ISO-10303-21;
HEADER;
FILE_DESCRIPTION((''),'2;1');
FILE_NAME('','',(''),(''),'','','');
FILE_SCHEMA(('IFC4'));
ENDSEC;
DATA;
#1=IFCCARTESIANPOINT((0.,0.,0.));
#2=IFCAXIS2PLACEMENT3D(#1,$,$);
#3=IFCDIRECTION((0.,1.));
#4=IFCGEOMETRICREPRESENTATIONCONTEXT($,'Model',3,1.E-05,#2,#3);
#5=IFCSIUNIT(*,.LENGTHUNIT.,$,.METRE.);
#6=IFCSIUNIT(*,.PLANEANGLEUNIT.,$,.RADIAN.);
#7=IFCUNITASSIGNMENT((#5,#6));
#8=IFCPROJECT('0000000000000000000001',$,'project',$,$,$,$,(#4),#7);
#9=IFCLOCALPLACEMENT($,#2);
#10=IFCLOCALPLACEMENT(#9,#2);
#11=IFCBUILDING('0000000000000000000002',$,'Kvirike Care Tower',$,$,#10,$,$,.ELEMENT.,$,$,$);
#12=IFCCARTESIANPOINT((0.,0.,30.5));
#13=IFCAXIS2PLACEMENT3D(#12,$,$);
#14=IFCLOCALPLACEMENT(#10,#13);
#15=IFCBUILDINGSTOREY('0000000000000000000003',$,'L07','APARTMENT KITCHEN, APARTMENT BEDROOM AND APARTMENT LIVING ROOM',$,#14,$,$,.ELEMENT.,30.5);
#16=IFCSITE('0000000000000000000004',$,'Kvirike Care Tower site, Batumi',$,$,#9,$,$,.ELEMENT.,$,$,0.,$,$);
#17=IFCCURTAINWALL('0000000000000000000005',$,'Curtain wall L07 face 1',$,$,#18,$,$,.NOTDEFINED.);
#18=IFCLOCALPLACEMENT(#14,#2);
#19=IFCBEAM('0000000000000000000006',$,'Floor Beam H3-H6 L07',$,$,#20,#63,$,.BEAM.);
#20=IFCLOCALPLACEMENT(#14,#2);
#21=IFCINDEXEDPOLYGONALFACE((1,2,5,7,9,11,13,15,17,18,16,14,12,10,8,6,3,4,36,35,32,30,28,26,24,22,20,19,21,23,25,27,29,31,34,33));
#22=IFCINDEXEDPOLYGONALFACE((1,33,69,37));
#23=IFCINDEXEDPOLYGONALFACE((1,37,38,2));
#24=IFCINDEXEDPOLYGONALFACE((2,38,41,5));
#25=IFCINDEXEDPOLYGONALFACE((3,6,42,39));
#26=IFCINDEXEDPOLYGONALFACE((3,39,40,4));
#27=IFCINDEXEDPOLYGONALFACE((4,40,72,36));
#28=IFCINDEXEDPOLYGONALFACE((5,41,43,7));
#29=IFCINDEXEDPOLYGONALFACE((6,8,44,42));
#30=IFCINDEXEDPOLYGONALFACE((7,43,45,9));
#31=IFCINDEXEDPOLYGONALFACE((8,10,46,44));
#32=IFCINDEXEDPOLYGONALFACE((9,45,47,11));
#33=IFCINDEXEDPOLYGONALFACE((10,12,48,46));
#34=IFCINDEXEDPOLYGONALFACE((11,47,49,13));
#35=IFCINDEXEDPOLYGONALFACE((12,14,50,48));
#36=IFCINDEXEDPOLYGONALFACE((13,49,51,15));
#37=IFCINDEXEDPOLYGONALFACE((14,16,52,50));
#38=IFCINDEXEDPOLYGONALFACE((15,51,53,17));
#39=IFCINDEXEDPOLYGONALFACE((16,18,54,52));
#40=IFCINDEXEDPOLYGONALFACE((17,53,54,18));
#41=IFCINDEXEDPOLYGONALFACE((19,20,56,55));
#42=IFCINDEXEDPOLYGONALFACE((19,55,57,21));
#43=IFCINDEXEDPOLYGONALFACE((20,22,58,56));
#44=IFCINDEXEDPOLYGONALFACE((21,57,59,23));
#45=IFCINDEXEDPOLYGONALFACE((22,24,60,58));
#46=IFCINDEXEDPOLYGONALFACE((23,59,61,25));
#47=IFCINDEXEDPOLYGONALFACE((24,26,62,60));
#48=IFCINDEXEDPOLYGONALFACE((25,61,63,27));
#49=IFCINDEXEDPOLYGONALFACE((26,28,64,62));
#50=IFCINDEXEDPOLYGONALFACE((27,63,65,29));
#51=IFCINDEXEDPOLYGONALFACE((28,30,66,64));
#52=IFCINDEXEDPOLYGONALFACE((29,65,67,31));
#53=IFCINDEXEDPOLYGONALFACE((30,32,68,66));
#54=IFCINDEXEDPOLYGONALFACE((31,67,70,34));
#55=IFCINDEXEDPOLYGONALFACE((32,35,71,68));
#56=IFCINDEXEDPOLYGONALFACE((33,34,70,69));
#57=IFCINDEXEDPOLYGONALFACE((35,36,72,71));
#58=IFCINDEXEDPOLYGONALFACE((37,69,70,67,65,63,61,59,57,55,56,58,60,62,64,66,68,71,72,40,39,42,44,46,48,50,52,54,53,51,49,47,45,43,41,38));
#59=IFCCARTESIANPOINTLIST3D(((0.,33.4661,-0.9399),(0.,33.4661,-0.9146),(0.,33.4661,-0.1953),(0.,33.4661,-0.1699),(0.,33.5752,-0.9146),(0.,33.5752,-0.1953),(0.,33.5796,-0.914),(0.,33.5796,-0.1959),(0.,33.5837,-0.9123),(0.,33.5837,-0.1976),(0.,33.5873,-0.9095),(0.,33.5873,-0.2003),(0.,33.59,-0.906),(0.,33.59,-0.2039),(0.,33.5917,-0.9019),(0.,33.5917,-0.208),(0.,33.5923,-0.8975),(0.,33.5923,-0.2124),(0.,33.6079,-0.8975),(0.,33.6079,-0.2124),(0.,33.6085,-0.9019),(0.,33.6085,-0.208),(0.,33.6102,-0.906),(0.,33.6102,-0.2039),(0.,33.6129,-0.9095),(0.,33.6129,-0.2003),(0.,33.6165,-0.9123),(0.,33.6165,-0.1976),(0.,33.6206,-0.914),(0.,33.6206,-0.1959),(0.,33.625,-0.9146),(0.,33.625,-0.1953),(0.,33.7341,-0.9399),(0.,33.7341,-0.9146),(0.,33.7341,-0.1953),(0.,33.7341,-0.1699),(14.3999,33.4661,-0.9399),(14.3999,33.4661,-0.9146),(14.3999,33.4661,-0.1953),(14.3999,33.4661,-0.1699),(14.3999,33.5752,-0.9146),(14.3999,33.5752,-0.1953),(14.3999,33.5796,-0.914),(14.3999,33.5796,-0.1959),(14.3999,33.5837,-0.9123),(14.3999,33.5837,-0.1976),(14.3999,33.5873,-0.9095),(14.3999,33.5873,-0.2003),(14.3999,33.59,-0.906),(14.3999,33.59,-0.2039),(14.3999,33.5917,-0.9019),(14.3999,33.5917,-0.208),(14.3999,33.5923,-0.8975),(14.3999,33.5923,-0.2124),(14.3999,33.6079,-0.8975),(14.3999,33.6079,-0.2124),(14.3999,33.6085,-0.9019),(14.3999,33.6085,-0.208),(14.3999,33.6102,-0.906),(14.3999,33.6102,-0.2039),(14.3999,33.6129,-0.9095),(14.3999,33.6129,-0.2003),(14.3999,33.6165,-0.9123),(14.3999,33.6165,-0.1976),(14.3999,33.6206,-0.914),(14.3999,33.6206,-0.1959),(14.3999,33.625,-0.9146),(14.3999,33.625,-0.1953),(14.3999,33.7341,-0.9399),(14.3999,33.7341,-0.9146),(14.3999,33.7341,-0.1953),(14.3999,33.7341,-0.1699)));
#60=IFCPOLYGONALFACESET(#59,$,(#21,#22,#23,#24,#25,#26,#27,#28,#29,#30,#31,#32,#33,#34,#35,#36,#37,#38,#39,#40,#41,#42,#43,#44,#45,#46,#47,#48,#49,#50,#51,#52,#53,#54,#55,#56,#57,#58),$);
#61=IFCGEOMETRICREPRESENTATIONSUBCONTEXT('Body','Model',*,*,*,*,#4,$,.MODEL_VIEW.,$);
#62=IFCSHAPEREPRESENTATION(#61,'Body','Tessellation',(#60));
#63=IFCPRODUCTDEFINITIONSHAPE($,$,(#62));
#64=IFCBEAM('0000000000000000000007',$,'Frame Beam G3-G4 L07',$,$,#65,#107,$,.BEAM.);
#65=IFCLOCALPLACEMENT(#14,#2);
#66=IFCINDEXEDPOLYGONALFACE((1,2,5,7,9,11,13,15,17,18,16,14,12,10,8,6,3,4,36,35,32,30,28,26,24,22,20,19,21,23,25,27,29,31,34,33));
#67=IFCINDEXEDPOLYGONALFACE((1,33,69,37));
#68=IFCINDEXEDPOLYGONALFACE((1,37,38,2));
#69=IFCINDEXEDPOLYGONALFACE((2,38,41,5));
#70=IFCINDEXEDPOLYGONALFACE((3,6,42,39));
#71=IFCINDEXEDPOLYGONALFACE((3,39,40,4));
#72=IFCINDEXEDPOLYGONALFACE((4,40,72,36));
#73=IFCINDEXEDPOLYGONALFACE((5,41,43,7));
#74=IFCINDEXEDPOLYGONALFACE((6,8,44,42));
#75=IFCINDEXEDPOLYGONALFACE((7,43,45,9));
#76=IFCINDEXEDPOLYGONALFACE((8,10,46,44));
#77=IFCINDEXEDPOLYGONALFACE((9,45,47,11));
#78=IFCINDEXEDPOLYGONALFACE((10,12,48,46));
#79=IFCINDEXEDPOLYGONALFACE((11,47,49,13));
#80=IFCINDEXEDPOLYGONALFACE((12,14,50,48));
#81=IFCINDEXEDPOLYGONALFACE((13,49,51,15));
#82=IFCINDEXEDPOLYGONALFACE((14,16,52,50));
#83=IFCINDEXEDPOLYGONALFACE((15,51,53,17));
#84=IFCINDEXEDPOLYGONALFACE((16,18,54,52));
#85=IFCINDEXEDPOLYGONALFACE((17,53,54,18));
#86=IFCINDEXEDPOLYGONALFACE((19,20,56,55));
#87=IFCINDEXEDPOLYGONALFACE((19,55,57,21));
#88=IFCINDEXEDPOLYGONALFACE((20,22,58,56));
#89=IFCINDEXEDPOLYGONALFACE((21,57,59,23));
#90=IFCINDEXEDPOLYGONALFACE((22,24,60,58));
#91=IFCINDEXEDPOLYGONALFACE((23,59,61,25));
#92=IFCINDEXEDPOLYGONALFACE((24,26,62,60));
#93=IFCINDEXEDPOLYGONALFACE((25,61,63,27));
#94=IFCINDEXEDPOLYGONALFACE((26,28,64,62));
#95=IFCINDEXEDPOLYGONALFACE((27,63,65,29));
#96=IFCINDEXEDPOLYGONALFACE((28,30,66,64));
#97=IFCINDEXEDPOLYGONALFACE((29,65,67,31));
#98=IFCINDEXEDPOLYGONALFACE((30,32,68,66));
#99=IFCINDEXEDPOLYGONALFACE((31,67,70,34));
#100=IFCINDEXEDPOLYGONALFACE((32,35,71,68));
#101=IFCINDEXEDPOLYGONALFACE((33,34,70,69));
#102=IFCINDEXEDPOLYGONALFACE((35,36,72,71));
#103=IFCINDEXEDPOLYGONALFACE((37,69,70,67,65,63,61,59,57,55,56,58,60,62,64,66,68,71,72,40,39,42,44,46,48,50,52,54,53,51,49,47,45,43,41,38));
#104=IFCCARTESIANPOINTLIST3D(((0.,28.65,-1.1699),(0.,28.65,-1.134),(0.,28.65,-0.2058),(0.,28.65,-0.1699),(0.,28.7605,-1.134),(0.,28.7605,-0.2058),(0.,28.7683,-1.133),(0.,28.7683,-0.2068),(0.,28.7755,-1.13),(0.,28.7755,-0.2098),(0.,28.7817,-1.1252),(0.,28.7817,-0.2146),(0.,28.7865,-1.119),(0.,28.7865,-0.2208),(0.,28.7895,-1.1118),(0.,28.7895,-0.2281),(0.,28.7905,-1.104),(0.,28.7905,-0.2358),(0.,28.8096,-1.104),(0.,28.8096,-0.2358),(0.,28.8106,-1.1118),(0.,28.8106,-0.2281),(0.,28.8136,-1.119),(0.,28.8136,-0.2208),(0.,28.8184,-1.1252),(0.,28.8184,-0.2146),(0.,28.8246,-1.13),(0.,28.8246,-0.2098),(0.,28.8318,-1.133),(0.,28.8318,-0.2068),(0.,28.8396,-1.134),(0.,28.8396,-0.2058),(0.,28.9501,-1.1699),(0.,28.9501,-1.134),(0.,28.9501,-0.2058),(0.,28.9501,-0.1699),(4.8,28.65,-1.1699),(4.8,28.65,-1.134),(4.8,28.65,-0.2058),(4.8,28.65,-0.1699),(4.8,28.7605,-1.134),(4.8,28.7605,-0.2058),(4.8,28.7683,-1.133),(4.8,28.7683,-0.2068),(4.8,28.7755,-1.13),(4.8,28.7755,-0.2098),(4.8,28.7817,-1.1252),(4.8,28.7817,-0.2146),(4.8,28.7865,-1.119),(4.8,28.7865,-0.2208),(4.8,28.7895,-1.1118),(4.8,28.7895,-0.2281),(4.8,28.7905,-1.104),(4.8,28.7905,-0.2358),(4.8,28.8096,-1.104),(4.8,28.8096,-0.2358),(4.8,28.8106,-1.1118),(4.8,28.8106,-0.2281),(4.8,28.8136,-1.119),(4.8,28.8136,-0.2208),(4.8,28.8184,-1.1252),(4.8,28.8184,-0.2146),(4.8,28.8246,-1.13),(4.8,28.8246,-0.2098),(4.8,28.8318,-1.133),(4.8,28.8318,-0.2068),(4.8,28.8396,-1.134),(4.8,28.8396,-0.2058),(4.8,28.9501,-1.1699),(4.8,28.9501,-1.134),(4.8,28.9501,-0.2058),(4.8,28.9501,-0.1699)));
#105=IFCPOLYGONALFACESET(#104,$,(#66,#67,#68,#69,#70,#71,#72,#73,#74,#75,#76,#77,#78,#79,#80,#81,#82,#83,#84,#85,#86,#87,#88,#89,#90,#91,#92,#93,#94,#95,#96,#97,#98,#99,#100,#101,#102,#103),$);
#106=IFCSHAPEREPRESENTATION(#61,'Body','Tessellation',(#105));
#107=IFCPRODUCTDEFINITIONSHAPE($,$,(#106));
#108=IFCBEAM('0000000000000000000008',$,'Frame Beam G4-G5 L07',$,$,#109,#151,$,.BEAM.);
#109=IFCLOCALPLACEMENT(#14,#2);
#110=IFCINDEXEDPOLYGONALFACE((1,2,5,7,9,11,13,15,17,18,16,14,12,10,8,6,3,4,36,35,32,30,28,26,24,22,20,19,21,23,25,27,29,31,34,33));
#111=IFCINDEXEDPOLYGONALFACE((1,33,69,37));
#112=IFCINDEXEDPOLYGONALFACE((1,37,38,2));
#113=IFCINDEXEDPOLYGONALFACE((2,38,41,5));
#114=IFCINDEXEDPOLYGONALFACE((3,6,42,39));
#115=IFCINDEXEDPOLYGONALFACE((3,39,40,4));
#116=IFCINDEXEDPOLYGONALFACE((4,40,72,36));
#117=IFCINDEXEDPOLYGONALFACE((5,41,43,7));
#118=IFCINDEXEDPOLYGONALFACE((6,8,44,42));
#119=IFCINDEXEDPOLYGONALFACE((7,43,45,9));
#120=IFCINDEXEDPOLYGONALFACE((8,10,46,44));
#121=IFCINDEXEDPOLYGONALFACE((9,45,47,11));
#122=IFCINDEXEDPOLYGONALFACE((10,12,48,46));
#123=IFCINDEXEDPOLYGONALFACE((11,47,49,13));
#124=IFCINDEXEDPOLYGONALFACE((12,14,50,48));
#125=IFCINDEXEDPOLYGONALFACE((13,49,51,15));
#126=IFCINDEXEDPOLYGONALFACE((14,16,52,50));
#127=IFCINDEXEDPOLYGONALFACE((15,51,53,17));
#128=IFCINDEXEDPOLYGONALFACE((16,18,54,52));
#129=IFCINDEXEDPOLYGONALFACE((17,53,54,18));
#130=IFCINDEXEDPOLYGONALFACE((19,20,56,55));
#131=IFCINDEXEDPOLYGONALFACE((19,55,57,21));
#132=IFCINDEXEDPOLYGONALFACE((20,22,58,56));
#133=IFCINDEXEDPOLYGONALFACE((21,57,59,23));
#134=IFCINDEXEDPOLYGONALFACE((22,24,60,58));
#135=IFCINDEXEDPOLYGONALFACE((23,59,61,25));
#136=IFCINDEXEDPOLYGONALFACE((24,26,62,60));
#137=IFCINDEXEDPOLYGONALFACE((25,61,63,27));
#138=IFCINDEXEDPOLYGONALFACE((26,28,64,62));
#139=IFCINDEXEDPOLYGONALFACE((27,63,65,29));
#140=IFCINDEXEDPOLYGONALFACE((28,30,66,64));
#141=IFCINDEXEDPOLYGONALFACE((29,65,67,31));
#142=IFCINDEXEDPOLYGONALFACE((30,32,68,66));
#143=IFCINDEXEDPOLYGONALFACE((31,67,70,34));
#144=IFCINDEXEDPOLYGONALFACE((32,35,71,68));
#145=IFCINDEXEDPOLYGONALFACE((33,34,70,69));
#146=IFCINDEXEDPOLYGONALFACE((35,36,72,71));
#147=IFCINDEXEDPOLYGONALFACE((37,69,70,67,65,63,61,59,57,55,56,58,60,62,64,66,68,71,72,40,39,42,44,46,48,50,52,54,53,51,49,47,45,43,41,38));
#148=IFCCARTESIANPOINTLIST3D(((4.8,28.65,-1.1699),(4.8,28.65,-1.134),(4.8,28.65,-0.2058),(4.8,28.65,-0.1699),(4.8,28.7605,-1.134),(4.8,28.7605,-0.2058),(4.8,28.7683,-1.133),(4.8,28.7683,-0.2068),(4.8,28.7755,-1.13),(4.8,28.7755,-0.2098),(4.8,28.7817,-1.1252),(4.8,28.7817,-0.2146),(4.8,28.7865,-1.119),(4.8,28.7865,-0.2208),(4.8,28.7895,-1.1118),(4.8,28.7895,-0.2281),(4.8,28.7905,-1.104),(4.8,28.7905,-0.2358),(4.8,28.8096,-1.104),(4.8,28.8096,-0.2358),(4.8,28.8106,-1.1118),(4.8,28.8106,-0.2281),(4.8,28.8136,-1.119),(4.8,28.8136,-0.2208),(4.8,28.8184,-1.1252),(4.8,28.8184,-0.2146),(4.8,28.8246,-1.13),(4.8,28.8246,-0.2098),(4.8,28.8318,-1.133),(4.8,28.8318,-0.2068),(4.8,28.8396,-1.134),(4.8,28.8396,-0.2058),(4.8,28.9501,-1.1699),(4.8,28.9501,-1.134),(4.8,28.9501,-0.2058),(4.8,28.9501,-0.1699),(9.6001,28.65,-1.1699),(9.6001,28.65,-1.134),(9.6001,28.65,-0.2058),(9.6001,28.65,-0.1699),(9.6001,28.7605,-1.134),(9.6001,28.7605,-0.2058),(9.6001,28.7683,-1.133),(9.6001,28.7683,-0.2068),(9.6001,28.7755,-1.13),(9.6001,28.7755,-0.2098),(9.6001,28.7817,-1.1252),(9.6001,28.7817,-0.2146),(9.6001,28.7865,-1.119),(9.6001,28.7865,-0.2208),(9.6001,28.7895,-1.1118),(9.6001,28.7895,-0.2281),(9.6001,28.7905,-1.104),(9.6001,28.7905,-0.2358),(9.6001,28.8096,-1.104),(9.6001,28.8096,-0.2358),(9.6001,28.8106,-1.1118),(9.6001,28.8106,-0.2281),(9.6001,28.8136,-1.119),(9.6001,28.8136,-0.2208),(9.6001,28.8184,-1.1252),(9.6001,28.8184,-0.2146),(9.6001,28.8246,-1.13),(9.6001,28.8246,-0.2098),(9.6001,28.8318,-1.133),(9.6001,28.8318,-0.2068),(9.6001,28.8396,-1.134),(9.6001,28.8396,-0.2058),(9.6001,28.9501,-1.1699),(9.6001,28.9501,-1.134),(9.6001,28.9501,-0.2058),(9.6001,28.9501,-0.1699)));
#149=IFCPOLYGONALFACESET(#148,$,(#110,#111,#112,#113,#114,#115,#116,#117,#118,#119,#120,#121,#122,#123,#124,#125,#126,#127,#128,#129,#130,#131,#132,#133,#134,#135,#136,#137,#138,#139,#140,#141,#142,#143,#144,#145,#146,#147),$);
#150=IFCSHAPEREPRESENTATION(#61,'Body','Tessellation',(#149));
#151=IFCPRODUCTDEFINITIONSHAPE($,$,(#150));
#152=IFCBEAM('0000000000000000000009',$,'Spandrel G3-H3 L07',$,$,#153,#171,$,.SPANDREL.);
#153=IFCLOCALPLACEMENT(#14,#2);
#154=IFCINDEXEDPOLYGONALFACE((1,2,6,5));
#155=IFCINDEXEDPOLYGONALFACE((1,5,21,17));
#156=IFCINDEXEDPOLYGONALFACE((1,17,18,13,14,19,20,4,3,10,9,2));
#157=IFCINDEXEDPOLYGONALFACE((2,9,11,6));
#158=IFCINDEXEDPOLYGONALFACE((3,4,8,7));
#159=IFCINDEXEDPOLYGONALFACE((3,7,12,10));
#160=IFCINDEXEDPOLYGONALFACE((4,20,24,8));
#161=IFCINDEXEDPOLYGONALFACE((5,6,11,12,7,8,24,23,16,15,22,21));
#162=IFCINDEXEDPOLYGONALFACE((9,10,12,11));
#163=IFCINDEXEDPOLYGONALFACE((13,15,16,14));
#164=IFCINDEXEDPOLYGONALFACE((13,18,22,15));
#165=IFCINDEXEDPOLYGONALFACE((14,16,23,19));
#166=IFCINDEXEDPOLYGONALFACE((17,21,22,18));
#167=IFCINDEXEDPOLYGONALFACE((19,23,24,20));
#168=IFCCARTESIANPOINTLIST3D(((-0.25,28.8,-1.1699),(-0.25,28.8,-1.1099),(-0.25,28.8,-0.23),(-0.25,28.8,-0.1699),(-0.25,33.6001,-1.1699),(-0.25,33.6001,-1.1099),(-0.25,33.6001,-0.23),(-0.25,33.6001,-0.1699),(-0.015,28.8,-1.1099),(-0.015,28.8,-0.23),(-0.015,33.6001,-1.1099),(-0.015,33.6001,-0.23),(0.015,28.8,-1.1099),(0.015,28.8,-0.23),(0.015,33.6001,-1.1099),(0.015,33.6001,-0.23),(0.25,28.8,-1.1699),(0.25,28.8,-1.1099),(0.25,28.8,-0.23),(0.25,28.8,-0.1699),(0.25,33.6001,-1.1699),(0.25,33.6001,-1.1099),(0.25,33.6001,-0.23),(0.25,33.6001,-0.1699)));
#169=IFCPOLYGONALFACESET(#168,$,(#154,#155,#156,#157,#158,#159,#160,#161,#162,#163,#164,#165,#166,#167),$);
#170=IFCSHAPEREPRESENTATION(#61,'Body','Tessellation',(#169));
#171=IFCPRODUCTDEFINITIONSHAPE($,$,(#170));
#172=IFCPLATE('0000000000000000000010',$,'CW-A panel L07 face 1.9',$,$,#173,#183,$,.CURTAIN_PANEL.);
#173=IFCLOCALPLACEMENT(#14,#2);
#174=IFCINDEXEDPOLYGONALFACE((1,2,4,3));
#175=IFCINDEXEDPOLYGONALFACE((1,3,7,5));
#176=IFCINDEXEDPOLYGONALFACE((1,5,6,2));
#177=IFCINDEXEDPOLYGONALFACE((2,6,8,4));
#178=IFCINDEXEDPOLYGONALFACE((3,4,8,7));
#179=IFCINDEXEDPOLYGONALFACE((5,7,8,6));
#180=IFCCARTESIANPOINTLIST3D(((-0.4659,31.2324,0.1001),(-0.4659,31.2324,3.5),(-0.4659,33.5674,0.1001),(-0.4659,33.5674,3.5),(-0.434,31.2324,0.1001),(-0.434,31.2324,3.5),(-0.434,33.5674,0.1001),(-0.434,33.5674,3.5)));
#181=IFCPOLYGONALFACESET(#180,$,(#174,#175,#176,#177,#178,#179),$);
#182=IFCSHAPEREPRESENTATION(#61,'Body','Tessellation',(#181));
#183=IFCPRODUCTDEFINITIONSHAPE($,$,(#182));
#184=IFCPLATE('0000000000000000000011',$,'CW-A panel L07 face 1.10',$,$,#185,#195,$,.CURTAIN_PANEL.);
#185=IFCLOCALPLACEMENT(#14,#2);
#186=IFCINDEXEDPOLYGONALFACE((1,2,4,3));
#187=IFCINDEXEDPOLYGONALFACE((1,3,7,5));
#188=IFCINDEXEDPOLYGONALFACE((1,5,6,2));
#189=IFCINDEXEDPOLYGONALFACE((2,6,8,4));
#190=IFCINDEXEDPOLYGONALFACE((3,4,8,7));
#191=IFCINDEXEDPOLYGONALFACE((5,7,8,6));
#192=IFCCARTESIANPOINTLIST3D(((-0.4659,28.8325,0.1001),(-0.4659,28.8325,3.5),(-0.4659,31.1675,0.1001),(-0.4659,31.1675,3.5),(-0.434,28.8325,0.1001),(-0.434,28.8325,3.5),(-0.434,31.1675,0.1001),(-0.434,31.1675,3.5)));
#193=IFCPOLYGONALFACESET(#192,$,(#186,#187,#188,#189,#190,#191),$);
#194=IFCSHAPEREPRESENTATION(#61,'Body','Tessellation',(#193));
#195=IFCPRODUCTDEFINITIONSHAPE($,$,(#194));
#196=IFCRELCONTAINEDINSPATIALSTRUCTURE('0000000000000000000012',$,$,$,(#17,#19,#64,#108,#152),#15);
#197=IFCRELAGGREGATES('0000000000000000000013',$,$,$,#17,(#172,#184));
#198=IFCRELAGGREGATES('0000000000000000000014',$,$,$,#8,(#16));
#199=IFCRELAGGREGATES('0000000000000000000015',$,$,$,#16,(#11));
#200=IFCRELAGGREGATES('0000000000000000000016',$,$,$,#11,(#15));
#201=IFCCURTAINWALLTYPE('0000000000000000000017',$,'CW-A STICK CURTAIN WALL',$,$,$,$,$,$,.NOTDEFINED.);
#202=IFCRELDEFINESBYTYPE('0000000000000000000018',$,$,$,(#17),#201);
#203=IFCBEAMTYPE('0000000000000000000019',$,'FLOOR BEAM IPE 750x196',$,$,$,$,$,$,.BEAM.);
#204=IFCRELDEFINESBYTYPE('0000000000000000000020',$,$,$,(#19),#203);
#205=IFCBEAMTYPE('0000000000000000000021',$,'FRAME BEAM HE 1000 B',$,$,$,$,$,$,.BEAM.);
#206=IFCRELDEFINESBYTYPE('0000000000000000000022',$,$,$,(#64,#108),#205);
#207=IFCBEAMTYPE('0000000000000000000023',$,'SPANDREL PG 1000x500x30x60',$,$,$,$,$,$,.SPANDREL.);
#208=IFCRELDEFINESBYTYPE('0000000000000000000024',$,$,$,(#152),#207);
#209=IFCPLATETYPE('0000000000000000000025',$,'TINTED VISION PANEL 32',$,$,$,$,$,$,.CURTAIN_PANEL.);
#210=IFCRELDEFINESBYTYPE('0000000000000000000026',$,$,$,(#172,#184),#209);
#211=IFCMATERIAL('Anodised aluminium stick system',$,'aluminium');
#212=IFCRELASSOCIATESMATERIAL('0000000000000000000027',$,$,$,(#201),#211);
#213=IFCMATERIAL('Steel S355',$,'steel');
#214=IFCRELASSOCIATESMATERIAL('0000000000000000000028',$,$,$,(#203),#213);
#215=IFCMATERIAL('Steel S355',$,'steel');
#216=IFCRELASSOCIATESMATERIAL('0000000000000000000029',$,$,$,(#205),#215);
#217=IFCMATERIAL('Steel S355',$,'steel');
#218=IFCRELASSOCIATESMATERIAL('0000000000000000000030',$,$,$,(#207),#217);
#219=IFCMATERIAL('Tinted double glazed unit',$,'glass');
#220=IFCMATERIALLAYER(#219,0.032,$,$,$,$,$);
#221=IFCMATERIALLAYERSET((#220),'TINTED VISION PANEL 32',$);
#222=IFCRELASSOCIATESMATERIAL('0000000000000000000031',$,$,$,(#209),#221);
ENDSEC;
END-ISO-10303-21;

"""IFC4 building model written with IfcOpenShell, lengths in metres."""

from ifc_helpers import new_model, si_unit, direction, frame, origin, origin_2d, place, context, subcontext, project, spatial, rectangle, i_section, extrude, material, layer, layer_set, material_profile, profile_set, type_object, element, aggregate, save


model = new_model("IFC4")

# Units and contexts
model_context = context("Model", 3, precision=1e-05, world=origin(), true_north=direction((0.0, 1.0)))
body_context = subcontext(model_context, "Body", "Model", "MODEL_VIEW")
ifc_project = project(units=[si_unit("LENGTHUNIT", "METRE"), si_unit("PLANEANGLEUNIT", "RADIAN")], contexts=[model_context])

# Site, building, storey
site_placement = place(None, origin())
site = spatial("IfcSite", under=ifc_project, at=site_placement, Name="Kvirike Care Tower site, Batumi", CompositionType="ELEMENT", RefElevation=0.0)
building_placement = place(site_placement, origin())
building = spatial("IfcBuilding", under=site, at=building_placement, Name="Kvirike Care Tower", CompositionType="ELEMENT")
storey_placement = place(building_placement, frame((0.0, 0.0, 30.5)))
storey = spatial("IfcBuildingStorey", under=building, at=storey_placement, Name="L07", Description="APARTMENT KITCHEN, APARTMENT BEDROOM AND APARTMENT LIVING ROOM", CompositionType="ELEMENT", Elevation=30.5)

# Curtain wall
ifc_material_1 = material(Name="Anodised aluminium stick system", Category="aluminium")
curtain_wall_type = type_object("IfcCurtainWallType", Name="CW-A STICK CURTAIN WALL", PredefinedType="NOTDEFINED", material=ifc_material_1)
curtain_wall_placement = place(storey_placement, origin())
curtain_wall = element("IfcCurtainWall", 1, at=curtain_wall_placement, inside=storey, type_object=curtain_wall_type, Name="Curtain wall L07 face 1", PredefinedType="NOTDEFINED")

# Beams
ifc_material_2 = material(Name="Steel S355", Category="steel")
ifc_material_profile_1 = material_profile(ifc_material_2, i_section(OverallWidth=0.2681, OverallDepth=0.77, WebThickness=0.0156, FlangeThickness=0.0254, FilletRadius=0.0171, at=origin_2d()), Name="IPE 750x196")
ifc_profile_set_1 = profile_set([ifc_material_profile_1], Name="Steel S355")
beam_type_1 = type_object("IfcBeamType", Name="FLOOR BEAM IPE 750x196", PredefinedType="BEAM", material=ifc_profile_set_1)
beam_1_placement = place(storey_placement, frame((0.0, 33.6001, -0.5549), z_axis=(1.0, 0.0, 0.0), x_axis=(0.0, 1.0, 0.0)))
element("IfcBeam", 2, at=beam_1_placement, inside=storey, type_object=beam_type_1, Name="Floor Beam H3-H6 L07", PredefinedType="BEAM", context=body_context, shape_type="SweptSolid", body=[
    extrude(i_section(OverallWidth=0.2681, OverallDepth=0.77, WebThickness=0.0156, FlangeThickness=0.0254, FilletRadius=0.0171, at=origin_2d()), origin(), (0.0, 0.0, 1.0), 14.3999),
])
ifc_material_3 = material(Name="Steel S355", Category="steel")
ifc_material_profile_2 = material_profile(ifc_material_3, i_section(OverallWidth=0.3, OverallDepth=1.0, WebThickness=0.019, FlangeThickness=0.0359, FilletRadius=0.03, at=origin_2d()), Name="HE 1000 B")
ifc_profile_set_2 = profile_set([ifc_material_profile_2], Name="Steel S355")
beam_type_2 = type_object("IfcBeamType", Name="FRAME BEAM HE 1000 B", PredefinedType="BEAM", material=ifc_profile_set_2)
for number, where, z_axis, x_axis, name in (
    (3, (0.0, 28.8, -0.6699), (1.0, 0.0, 0.0), (0.0, 1.0, 0.0), "Frame Beam G3-G4 L07"),
    (4, (4.8, 28.8, -0.6699), (1.0, 0.0, 0.0), (0.0, 1.0, 0.0), "Frame Beam G4-G5 L07"),
):
    element("IfcBeam", number, at=place(storey_placement, frame(where, z_axis=z_axis, x_axis=x_axis)), inside=storey, type_object=beam_type_2, Name=name, PredefinedType="BEAM", context=body_context, shape_type="SweptSolid", body=[
        extrude(i_section(OverallWidth=0.3, OverallDepth=1.0, WebThickness=0.019, FlangeThickness=0.0359, FilletRadius=0.03, at=origin_2d()), origin(), (0.0, 0.0, 1.0), 4.8),
    ])
ifc_material_4 = material(Name="Steel S355", Category="steel")
ifc_material_profile_3 = material_profile(ifc_material_4, i_section(OverallWidth=0.5, OverallDepth=1.0, WebThickness=0.03, FlangeThickness=0.0601, at=origin_2d()), Name="PG 1000x500x30x60")
ifc_profile_set_3 = profile_set([ifc_material_profile_3], Name="Steel S355")
beam_type_3 = type_object("IfcBeamType", Name="SPANDREL PG 1000x500x30x60", PredefinedType="SPANDREL", material=ifc_profile_set_3)
beam_2_placement = place(storey_placement, frame((0.0, 28.8, -0.6699), z_axis=(0.0, 1.0, 0.0), x_axis=(-1.0, 0.0, 0.0)))
element("IfcBeam", 5, at=beam_2_placement, inside=storey, type_object=beam_type_3, Name="Spandrel G3-H3 L07", PredefinedType="SPANDREL", context=body_context, shape_type="SweptSolid", body=[
    extrude(i_section(OverallWidth=0.5, OverallDepth=1.0, WebThickness=0.03, FlangeThickness=0.0601, at=origin_2d()), origin(), (0.0, 0.0, 1.0), 4.8),
])

# Plates
ifc_material_5 = material(Name="Tinted double glazed unit", Category="glass")
ifc_layer_1 = layer(ifc_material_5, 0.032)
ifc_layer_set_1 = layer_set([ifc_layer_1], Name="TINTED VISION PANEL 32")
plate_type = type_object("IfcPlateType", Name="TINTED VISION PANEL 32", PredefinedType="CURTAIN_PANEL", material=ifc_layer_set_1)
plate_1_placement = place(storey_placement, frame((-0.45, 32.3999, 0.1001), z_axis=(0.0, 0.0, 1.0), x_axis=(0.0, -1.0, 0.0)))
plate_1 = element("IfcPlate", 6, at=plate_1_placement, type_object=plate_type, Name="CW-A panel L07 face 1.9", PredefinedType="CURTAIN_PANEL", context=body_context, shape_type="SweptSolid", body=[
    extrude(rectangle(XDim=2.335, YDim=0.032, at=origin_2d()), origin(), (0.0, 0.0, 1.0), 3.3999),
])
plate_2_placement = place(storey_placement, frame((-0.45, 30.0, 0.1001), z_axis=(0.0, 0.0, 1.0), x_axis=(0.0, -1.0, 0.0)))
plate_2 = element("IfcPlate", 7, at=plate_2_placement, type_object=plate_type, Name="CW-A panel L07 face 1.10", PredefinedType="CURTAIN_PANEL", context=body_context, shape_type="SweptSolid", body=[
    extrude(rectangle(XDim=2.335, YDim=0.032, at=origin_2d()), origin(), (0.0, 0.0, 1.0), 3.3999),
])
aggregate(curtain_wall, [plate_1, plate_2])

save(model, "model.ifc")
